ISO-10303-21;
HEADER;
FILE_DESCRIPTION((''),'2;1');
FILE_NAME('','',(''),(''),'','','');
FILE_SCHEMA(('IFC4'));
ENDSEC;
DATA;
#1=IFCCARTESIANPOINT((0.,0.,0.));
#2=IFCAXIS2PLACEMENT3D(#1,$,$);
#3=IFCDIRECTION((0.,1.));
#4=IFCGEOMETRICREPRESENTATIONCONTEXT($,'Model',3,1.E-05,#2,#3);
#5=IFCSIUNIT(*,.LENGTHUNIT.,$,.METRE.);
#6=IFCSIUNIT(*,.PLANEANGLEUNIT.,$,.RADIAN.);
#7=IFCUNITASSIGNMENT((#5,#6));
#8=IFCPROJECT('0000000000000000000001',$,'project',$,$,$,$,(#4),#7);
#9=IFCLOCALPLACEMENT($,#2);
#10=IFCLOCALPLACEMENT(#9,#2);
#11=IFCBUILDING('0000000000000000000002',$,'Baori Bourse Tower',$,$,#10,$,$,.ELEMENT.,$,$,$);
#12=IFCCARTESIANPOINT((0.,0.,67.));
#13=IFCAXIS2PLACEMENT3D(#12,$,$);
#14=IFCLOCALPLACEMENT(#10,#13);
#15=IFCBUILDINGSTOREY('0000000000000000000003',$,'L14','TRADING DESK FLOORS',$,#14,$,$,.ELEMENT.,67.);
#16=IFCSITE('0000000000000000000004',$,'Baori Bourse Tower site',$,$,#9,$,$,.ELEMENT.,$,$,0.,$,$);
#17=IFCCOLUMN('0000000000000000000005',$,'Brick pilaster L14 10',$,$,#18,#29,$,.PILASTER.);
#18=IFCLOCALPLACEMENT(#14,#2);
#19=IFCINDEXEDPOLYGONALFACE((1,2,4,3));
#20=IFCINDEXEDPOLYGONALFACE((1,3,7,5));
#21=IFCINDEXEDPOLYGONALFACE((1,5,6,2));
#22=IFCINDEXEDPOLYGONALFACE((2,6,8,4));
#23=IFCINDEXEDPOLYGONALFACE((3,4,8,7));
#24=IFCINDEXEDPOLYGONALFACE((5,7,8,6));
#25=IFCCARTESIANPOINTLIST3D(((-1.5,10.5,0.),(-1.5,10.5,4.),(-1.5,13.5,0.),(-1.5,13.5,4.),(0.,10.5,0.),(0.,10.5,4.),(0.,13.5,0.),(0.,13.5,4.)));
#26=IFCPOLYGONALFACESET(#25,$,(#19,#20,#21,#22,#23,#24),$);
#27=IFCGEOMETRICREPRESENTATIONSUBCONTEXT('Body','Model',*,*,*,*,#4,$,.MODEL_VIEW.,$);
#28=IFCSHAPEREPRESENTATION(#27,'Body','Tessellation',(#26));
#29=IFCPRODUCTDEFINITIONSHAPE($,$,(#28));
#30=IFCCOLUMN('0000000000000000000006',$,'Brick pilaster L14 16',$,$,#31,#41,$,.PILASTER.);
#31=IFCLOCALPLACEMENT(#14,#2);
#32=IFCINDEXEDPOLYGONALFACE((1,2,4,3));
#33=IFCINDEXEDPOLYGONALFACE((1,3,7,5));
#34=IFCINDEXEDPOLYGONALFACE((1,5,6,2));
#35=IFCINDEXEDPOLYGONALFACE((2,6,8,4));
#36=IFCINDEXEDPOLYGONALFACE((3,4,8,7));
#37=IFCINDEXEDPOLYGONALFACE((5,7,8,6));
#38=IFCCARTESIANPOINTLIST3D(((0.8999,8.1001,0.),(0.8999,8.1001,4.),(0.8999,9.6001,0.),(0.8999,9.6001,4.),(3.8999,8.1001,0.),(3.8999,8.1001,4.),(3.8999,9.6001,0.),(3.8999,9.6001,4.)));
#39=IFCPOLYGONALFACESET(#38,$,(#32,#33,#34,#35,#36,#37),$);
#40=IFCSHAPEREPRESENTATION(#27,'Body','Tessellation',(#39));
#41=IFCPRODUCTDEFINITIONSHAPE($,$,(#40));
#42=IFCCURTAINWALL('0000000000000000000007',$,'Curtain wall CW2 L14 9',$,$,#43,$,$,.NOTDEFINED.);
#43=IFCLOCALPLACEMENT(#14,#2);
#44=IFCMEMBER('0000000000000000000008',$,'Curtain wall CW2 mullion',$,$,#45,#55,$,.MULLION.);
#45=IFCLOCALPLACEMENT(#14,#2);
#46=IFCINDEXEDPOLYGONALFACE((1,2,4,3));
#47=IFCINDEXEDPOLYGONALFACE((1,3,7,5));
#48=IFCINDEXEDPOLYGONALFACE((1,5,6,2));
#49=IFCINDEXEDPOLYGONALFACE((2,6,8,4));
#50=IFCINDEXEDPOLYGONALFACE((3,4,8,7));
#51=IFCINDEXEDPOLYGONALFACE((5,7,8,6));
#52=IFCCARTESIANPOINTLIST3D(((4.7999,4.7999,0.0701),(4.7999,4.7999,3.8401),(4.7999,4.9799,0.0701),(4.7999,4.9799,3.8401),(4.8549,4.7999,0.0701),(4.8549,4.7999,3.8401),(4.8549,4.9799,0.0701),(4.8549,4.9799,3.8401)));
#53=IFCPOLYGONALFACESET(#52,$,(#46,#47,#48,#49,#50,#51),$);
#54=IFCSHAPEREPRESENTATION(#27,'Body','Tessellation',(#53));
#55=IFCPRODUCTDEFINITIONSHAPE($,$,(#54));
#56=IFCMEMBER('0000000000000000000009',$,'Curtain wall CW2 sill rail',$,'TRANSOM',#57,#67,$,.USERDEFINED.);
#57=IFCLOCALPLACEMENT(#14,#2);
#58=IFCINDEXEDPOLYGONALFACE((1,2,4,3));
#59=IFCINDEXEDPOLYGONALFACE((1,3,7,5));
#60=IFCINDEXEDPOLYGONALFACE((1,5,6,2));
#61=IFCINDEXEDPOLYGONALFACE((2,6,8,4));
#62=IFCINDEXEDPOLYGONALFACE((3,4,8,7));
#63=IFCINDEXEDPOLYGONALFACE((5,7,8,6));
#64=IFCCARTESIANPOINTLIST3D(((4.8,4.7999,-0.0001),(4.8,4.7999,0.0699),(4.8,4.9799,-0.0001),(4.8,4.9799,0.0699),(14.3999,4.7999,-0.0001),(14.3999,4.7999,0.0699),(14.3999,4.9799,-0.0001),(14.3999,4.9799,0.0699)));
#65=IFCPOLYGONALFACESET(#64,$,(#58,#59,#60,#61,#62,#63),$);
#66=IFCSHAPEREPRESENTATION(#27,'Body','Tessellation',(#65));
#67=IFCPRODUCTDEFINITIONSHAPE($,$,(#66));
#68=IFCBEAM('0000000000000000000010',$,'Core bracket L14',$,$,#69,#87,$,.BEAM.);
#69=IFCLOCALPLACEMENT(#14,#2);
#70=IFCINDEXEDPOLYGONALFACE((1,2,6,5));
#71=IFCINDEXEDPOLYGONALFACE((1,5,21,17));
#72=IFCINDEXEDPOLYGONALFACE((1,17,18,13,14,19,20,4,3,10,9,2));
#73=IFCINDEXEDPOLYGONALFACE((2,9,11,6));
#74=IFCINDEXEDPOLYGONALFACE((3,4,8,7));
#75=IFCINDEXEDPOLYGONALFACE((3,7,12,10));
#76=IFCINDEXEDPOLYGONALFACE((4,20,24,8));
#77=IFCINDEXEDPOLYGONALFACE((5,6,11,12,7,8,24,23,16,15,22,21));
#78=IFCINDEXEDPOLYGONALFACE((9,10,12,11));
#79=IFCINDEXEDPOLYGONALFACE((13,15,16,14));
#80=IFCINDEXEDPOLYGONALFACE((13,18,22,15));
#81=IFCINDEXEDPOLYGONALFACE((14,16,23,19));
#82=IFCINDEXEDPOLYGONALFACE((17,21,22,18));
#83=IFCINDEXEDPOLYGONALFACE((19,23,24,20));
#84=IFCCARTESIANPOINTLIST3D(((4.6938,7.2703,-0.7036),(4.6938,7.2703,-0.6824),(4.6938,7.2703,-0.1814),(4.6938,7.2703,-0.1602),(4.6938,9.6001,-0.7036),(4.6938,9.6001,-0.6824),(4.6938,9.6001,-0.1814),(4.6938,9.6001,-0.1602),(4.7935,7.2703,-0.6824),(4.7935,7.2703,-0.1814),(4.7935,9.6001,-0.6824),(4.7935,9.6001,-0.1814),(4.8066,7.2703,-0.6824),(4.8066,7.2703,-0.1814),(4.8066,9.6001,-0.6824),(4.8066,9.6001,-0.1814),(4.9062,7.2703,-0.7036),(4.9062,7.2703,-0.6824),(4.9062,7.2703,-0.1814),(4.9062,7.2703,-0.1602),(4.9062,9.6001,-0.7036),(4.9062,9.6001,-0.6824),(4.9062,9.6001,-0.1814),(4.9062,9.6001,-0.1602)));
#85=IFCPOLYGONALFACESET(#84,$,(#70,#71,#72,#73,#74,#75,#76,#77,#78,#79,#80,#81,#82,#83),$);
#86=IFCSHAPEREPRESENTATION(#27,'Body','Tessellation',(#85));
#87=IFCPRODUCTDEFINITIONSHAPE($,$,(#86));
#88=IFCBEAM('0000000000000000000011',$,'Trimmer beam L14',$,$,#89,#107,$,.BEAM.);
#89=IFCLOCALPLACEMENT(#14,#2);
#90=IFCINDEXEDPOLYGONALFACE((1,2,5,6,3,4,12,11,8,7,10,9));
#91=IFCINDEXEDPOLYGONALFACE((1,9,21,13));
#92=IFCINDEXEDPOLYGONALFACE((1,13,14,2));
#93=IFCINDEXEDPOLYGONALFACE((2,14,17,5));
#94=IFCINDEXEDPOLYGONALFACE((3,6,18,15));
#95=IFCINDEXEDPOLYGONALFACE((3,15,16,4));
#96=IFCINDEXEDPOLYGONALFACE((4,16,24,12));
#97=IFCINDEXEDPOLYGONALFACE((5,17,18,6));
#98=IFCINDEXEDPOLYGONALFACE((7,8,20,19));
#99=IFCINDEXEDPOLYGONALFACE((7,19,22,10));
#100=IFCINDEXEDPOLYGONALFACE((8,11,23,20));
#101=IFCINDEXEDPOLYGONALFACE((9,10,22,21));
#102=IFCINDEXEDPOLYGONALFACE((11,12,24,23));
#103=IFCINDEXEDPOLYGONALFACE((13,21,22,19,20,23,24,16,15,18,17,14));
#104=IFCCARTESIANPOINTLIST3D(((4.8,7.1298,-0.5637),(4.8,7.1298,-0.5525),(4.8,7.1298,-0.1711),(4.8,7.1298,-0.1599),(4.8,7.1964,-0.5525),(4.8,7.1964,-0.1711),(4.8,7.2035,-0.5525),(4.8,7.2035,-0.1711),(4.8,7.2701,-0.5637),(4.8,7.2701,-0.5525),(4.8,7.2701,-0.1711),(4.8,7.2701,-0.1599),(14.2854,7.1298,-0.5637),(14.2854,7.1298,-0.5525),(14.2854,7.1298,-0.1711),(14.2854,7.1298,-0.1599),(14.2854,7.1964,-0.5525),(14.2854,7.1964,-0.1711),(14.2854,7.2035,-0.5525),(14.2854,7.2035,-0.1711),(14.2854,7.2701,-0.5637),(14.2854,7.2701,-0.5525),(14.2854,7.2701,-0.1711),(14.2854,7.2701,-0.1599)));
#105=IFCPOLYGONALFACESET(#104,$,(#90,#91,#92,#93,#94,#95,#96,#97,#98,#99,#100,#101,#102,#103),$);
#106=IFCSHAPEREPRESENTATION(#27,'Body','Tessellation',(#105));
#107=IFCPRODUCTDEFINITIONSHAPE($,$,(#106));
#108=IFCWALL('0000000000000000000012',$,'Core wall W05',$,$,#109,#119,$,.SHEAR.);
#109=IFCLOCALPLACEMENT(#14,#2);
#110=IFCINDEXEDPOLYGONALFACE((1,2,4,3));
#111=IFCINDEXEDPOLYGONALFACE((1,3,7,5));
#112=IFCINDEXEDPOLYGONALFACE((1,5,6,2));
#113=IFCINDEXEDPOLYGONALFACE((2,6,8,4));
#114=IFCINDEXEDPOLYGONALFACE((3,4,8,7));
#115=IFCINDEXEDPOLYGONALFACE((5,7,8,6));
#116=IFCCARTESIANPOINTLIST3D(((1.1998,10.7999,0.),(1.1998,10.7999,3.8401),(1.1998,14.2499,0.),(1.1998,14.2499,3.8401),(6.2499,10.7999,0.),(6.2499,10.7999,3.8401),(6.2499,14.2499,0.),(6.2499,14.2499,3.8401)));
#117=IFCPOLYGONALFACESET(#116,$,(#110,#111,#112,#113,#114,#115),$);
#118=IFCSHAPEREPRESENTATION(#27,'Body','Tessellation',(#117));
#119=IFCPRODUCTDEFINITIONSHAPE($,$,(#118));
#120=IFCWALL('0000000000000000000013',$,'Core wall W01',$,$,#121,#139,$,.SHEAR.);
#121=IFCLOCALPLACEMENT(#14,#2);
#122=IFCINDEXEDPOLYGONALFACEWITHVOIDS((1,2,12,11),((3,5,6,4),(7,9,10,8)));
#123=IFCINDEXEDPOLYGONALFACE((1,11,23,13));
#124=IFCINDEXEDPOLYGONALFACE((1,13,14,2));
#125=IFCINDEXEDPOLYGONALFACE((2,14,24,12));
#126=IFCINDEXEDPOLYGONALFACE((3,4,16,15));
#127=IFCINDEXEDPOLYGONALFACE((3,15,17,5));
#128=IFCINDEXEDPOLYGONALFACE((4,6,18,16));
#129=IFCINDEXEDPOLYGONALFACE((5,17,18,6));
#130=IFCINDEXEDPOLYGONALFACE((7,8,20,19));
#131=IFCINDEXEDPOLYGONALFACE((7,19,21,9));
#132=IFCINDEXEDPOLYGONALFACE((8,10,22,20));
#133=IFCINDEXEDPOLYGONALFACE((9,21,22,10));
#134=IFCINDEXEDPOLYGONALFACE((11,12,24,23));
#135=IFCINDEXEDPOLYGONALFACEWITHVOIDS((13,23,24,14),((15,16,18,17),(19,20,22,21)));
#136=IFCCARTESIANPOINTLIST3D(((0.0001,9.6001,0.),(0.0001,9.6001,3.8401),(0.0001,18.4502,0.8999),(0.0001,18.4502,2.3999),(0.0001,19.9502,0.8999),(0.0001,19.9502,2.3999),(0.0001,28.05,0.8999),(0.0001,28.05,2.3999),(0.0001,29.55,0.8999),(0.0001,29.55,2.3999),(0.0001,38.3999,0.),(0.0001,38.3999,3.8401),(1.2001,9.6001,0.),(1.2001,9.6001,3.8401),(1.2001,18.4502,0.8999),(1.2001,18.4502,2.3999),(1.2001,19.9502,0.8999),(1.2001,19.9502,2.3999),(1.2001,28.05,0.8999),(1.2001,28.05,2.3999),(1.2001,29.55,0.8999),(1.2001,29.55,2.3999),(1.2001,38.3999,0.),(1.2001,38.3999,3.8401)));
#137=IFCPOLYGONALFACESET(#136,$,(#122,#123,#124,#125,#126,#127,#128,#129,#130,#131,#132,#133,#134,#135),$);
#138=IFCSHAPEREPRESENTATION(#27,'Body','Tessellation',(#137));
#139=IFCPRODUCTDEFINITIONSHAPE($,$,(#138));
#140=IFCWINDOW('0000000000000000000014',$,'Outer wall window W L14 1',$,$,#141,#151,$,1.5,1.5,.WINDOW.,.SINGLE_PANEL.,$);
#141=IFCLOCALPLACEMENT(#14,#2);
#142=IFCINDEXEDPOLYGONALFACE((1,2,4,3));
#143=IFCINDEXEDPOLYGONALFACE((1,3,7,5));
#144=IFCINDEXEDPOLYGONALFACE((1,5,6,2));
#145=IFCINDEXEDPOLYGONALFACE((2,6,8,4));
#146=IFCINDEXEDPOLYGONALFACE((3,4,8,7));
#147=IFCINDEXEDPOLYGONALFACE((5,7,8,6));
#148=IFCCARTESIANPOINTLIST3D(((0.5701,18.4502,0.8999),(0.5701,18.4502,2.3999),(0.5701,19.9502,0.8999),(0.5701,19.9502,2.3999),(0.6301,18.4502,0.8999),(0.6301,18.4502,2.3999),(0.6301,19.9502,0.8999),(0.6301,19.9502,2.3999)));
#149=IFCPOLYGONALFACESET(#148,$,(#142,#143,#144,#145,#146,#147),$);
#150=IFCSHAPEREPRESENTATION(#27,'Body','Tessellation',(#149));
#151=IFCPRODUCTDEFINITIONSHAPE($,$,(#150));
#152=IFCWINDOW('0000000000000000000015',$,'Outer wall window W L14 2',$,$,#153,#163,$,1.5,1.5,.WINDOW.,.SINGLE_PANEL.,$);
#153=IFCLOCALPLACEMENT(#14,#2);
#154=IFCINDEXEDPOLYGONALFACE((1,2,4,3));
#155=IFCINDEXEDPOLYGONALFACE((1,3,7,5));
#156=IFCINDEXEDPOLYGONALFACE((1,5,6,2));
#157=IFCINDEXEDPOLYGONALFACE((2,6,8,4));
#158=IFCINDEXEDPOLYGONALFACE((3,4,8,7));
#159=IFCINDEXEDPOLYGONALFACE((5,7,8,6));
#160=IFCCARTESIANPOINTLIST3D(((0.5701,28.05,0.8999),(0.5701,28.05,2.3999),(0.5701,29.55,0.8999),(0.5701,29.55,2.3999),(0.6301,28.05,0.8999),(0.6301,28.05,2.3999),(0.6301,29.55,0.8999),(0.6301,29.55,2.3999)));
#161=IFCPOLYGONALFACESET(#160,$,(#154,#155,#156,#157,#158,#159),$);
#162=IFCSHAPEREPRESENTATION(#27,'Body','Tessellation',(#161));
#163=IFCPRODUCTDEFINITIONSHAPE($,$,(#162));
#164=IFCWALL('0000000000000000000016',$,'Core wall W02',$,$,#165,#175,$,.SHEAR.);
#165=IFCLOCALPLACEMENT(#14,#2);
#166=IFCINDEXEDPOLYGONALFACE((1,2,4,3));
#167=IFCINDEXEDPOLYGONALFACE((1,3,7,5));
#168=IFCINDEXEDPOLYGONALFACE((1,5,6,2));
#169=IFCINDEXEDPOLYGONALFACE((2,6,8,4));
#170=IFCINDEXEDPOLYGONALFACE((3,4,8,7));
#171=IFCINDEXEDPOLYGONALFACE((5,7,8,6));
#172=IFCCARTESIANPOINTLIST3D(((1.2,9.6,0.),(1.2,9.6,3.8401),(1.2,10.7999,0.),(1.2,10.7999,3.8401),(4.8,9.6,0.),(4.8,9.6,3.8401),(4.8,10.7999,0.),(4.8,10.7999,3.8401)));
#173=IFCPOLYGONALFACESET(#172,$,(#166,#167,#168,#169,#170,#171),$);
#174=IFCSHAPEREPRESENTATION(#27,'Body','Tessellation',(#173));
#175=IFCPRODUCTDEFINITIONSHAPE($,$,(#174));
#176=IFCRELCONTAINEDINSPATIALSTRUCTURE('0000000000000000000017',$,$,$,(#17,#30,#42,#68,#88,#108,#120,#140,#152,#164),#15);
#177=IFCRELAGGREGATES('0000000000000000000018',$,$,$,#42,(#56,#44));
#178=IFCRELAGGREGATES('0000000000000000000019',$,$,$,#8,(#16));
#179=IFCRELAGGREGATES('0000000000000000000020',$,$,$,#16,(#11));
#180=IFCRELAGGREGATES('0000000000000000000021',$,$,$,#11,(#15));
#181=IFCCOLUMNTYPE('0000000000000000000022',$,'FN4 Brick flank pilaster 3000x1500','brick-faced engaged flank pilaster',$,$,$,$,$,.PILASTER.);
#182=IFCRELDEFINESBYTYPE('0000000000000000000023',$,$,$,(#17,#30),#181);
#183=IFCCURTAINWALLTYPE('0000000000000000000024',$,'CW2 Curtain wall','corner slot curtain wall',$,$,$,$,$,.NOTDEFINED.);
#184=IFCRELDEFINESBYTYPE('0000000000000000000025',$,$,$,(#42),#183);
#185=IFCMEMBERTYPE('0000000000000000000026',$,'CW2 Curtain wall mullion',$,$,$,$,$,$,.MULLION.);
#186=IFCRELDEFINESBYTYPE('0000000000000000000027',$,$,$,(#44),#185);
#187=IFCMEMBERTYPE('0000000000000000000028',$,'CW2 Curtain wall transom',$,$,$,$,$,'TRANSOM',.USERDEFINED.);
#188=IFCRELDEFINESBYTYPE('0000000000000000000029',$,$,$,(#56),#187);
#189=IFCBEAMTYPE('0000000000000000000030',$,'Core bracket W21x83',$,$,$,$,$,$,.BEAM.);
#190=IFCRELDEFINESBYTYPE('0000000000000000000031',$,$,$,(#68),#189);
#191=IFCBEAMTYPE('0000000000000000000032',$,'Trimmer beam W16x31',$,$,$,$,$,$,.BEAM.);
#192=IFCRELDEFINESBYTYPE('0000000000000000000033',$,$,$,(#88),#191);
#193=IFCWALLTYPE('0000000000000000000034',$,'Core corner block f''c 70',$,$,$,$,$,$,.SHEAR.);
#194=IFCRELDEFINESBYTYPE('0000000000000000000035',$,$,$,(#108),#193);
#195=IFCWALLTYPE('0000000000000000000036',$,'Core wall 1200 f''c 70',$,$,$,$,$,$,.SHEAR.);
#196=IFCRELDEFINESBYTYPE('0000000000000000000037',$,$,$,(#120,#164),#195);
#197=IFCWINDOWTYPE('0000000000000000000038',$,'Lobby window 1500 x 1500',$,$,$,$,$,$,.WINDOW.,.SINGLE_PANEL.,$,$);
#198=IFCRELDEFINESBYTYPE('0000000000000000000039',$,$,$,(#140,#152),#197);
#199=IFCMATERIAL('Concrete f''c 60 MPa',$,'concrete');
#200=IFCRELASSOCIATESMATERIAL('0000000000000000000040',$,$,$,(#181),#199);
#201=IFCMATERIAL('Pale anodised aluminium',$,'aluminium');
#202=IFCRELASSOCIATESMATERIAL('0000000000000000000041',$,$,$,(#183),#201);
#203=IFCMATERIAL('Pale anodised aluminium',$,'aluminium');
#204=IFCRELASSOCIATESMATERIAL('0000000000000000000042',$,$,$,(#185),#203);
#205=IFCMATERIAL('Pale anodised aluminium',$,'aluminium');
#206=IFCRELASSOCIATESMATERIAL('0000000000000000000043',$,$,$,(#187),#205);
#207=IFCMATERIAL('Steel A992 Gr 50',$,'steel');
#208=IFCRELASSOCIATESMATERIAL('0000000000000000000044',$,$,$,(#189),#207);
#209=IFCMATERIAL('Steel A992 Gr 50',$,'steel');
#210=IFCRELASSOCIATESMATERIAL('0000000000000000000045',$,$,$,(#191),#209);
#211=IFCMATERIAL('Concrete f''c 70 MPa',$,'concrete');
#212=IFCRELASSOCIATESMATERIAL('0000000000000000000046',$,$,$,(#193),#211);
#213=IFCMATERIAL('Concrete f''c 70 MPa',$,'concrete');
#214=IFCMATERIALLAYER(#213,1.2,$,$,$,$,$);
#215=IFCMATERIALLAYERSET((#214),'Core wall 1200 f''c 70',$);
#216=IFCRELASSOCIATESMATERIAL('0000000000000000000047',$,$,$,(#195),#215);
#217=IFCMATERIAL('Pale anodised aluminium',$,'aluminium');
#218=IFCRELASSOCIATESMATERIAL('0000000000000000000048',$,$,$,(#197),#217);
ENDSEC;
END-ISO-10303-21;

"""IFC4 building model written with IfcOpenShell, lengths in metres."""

from ifc_helpers import new_model, si_unit, direction, frame, frame_2d, origin, origin_2d, place, context, subcontext, project, spatial, rectangle, i_section, extrude, material, layer, layer_set, material_profile, profile_set, type_object, element, fill, aggregate, save


model = new_model("IFC4")

# Units and contexts
model_context = context("Model", 3, precision=1e-05, world=origin(), true_north=direction((0.0, 1.0)))
body_context = subcontext(model_context, "Body", "Model", "MODEL_VIEW")
ifc_project = project(units=[si_unit("LENGTHUNIT", "METRE"), si_unit("PLANEANGLEUNIT", "RADIAN")], contexts=[model_context])

# Site, building, storey
site_placement = place(None, origin())
site = spatial("IfcSite", under=ifc_project, at=site_placement, Name="Baori Bourse Tower site", CompositionType="ELEMENT", RefElevation=0.0)
building_placement = place(site_placement, origin())
building = spatial("IfcBuilding", under=site, at=building_placement, Name="Baori Bourse Tower", CompositionType="ELEMENT")
storey_placement = place(building_placement, frame((0.0, 0.0, 67.0)))
storey = spatial("IfcBuildingStorey", under=building, at=storey_placement, Name="L14", Description="TRADING DESK FLOORS", CompositionType="ELEMENT", Elevation=67.0)

# Columns
ifc_material_1 = material(Name="Concrete f'c 60 MPa", Category="concrete")
ifc_material_profile_1 = material_profile(ifc_material_1, rectangle(XDim=3.0, YDim=1.5, at=origin_2d()), Name="RC 3000x1500")
ifc_profile_set_1 = profile_set([ifc_material_profile_1], Name="Concrete f'c 60 MPa")
column_type = type_object("IfcColumnType", Name="FN4 Brick flank pilaster 3000x1500", Description="brick-faced engaged flank pilaster", PredefinedType="PILASTER", material=ifc_profile_set_1)
for number, where, z_axis, x_axis, name in (
    (1, (-0.75, 12.0, 0.0), (0.0, 0.0, 1.0), (0.0, 1.0, 0.0), "Brick pilaster L14 10"),
    (2, (2.3999, 8.8501, 0.0), (0.0, 0.0, 1.0), (1.0, 0.0, 0.0), "Brick pilaster L14 16"),
):
    element("IfcColumn", number, at=place(storey_placement, frame(where, z_axis=z_axis, x_axis=x_axis)), inside=storey, type_object=column_type, Name=name, PredefinedType="PILASTER", context=body_context, shape_type="SweptSolid", body=[
        extrude(rectangle(XDim=3.0, YDim=1.5, at=origin_2d()), origin(), (0.0, 0.0, 1.0), 4.0),
    ])

# Curtain wall, members
ifc_material_2 = material(Name="Pale anodised aluminium", Category="aluminium")
curtain_wall_type = type_object("IfcCurtainWallType", Name="CW2 Curtain wall", Description="corner slot curtain wall", PredefinedType="NOTDEFINED", material=ifc_material_2)
curtain_wall_placement = place(storey_placement, origin())
curtain_wall = element("IfcCurtainWall", 3, at=curtain_wall_placement, inside=storey, type_object=curtain_wall_type, Name="Curtain wall CW2 L14 9", PredefinedType="NOTDEFINED")
ifc_material_3 = material(Name="Pale anodised aluminium", Category="aluminium")
ifc_material_profile_2 = material_profile(ifc_material_3, rectangle(XDim=0.1799, YDim=0.0549, at=origin_2d()), Name="Mullion 55x180")
ifc_profile_set_2 = profile_set([ifc_material_profile_2], Name="Pale anodised aluminium")
member_type_1 = type_object("IfcMemberType", Name="CW2 Curtain wall mullion", PredefinedType="MULLION", material=ifc_profile_set_2)
member_1_placement = place(storey_placement, frame((4.8274, 4.8899, 0.0701), z_axis=(0.0, 0.0, 1.0), x_axis=(0.0, 1.0, 0.0)))
member_1 = element("IfcMember", 4, at=member_1_placement, type_object=member_type_1, Name="Curtain wall CW2 mullion", PredefinedType="MULLION", context=body_context, shape_type="SweptSolid", body=[
    extrude(rectangle(XDim=0.1799, YDim=0.0549, at=origin_2d()), origin(), (0.0, 0.0, 1.0), 3.77),
])
ifc_material_4 = material(Name="Pale anodised aluminium", Category="aluminium")
ifc_material_profile_3 = material_profile(ifc_material_4, rectangle(XDim=0.1799, YDim=0.0701, at=origin_2d()), Name="Transom 70x180")
ifc_profile_set_3 = profile_set([ifc_material_profile_3], Name="Pale anodised aluminium")
member_type_2 = type_object("IfcMemberType", Name="CW2 Curtain wall transom", ElementType="TRANSOM", PredefinedType="USERDEFINED", material=ifc_profile_set_3)
member_2_placement = place(storey_placement, frame((4.8, 4.8899, 0.0349), z_axis=(1.0, 0.0, 0.0), x_axis=(0.0, 1.0, 0.0)))
member_2 = element("IfcMember", 5, at=member_2_placement, type_object=member_type_2, Name="Curtain wall CW2 sill rail", ObjectType="TRANSOM", PredefinedType="USERDEFINED", context=body_context, shape_type="SweptSolid", body=[
    extrude(rectangle(XDim=0.1799, YDim=0.0701, at=origin_2d()), origin(), (0.0, 0.0, 1.0), 9.5999),
])
aggregate(curtain_wall, [member_2, member_1])

# Beams
ifc_material_5 = material(Name="Steel A992 Gr 50", Category="steel")
ifc_material_profile_4 = material_profile(ifc_material_5, i_section(OverallWidth=0.2124, OverallDepth=0.5435, WebThickness=0.0132, FlangeThickness=0.0212, at=origin_2d()), Name="W21x83")
ifc_profile_set_4 = profile_set([ifc_material_profile_4], Name="Steel A992 Gr 50")
beam_type_1 = type_object("IfcBeamType", Name="Core bracket W21x83", PredefinedType="BEAM", material=ifc_profile_set_4)
beam_1_placement = place(storey_placement, frame((4.8, 7.2703, -0.4319), z_axis=(0.0, 1.0, 0.0), x_axis=(-1.0, 0.0, 0.0)))
element("IfcBeam", 6, at=beam_1_placement, inside=storey, type_object=beam_type_1, Name="Core bracket L14", PredefinedType="BEAM", context=body_context, shape_type="SweptSolid", body=[
    extrude(i_section(OverallWidth=0.2124, OverallDepth=0.5435, WebThickness=0.0132, FlangeThickness=0.0212, at=origin_2d()), origin(), (0.0, 0.0, 1.0), 2.3298),
])
ifc_material_6 = material(Name="Steel A992 Gr 50", Category="steel")
ifc_material_profile_5 = material_profile(ifc_material_6, i_section(OverallWidth=0.1404, OverallDepth=0.4038, WebThickness=0.0071, FlangeThickness=0.0112, at=origin_2d()), Name="W16x31")
ifc_profile_set_5 = profile_set([ifc_material_profile_5], Name="Steel A992 Gr 50")
beam_type_2 = type_object("IfcBeamType", Name="Trimmer beam W16x31", PredefinedType="BEAM", material=ifc_profile_set_5)
beam_2_placement = place(storey_placement, frame((4.8, 7.2, -0.3618), z_axis=(1.0, 0.0, 0.0), x_axis=(0.0, 1.0, 0.0)))
element("IfcBeam", 7, at=beam_2_placement, inside=storey, type_object=beam_type_2, Name="Trimmer beam L14", PredefinedType="BEAM", context=body_context, shape_type="SweptSolid", body=[
    extrude(i_section(OverallWidth=0.1404, OverallDepth=0.4038, WebThickness=0.0071, FlangeThickness=0.0112, at=origin_2d()), origin(), (0.0, 0.0, 1.0), 9.4854),
])

# Wall
ifc_material_7 = material(Name="Concrete f'c 70 MPa", Category="concrete")
wall_type_1 = type_object("IfcWallType", Name="Core corner block f'c 70", PredefinedType="SHEAR", material=ifc_material_7)
wall_1_placement = place(storey_placement, frame((1.2, 12.5249, 0.0), z_axis=(0.0, 0.0, 1.0), x_axis=(1.0, 0.0, 0.0)))
element("IfcWall", 8, at=wall_1_placement, inside=storey, type_object=wall_type_1, Name="Core wall W05", PredefinedType="SHEAR", context=body_context, shape_type="SweptSolid", body=[
    extrude(rectangle(XDim=5.05, YDim=3.45, at=frame_2d((2.5249, 0.0))), origin(), (0.0, 0.0, 1.0), 3.8401),
])

# Wall, openings, windows
ifc_material_8 = material(Name="Concrete f'c 70 MPa", Category="concrete")
ifc_layer_1 = layer(ifc_material_8, 1.2)
ifc_layer_set_1 = layer_set([ifc_layer_1], Name="Core wall 1200 f'c 70")
wall_type_2 = type_object("IfcWallType", Name="Core wall 1200 f'c 70", PredefinedType="SHEAR", material=ifc_layer_set_1)
wall_2_placement = place(storey_placement, frame((0.6001, 9.6001, 0.0), z_axis=(0.0, 0.0, 1.0), x_axis=(0.0, 1.0, 0.0)))
wall_2 = element("IfcWall", 9, at=wall_2_placement, inside=storey, type_object=wall_type_2, Name="Core wall W01", PredefinedType="SHEAR", context=body_context, shape_type="SweptSolid", body=[
    extrude(rectangle(XDim=28.7998, YDim=1.2, at=frame_2d((14.3999, 0.0))), origin(), (0.0, 0.0, 1.0), 3.8401),
])
opening_1_placement = place(wall_2_placement, frame((8.8501, 0.0, 0.8999)))
opening_1 = element("IfcOpeningElement", 10, at=opening_1_placement, cuts=wall_2, PredefinedType="OPENING", context=body_context, shape_type="SweptSolid", body=[
    extrude(rectangle(XDim=1.5, YDim=1.5, at=frame_2d((0.75, 0.75))), frame((0.0, 0.6099, 0.0), z_axis=(0.0, -1.0, 0.0), x_axis=(1.0, 0.0, 0.0)), (0.0, 0.0, 1.0), 1.22),
])
opening_2_placement = place(wall_2_placement, frame((18.45, 0.0, 0.8999)))
opening_2 = element("IfcOpeningElement", 11, at=opening_2_placement, cuts=wall_2, PredefinedType="OPENING", context=body_context, shape_type="SweptSolid", body=[
    extrude(rectangle(XDim=1.5, YDim=1.5, at=frame_2d((0.75, 0.75))), frame((0.0, 0.6099, 0.0), z_axis=(0.0, -1.0, 0.0), x_axis=(1.0, 0.0, 0.0)), (0.0, 0.0, 1.0), 1.22),
])
ifc_material_9 = material(Name="Pale anodised aluminium", Category="aluminium")
window_type = type_object("IfcWindowType", Name="Lobby window 1500 x 1500", PartitioningType="SINGLE_PANEL", PredefinedType="WINDOW", material=ifc_material_9)
window_1_placement = place(opening_1_placement, origin())
window_1 = element("IfcWindow", 12, at=window_1_placement, inside=storey, type_object=window_type, Name="Outer wall window W L14 1", OverallHeight=1.5, OverallWidth=1.5, PartitioningType="SINGLE_PANEL", PredefinedType="WINDOW", context=body_context, shape_type="SweptSolid", body=[
    extrude(rectangle(XDim=1.5, YDim=1.5, at=frame_2d((0.75, 0.75))), frame((0.0, 0.03, 0.0), z_axis=(0.0, -1.0, 0.0), x_axis=(1.0, 0.0, 0.0)), (0.0, 0.0, 1.0), 0.0601),
])
fill(opening_1, window_1)
window_2_placement = place(opening_2_placement, origin())
window_2 = element("IfcWindow", 13, at=window_2_placement, inside=storey, type_object=window_type, Name="Outer wall window W L14 2", OverallHeight=1.5, OverallWidth=1.5, PartitioningType="SINGLE_PANEL", PredefinedType="WINDOW", context=body_context, shape_type="SweptSolid", body=[
    extrude(rectangle(XDim=1.5, YDim=1.5, at=frame_2d((0.75, 0.75))), frame((0.0, 0.03, 0.0), z_axis=(0.0, -1.0, 0.0), x_axis=(1.0, 0.0, 0.0)), (0.0, 0.0, 1.0), 0.0601),
])
fill(opening_2, window_2)

# Wall
wall_3_placement = place(storey_placement, frame((4.8, 10.2, 0.0), z_axis=(0.0, 0.0, 1.0), x_axis=(-1.0, 0.0, 0.0)))
element("IfcWall", 14, at=wall_3_placement, inside=storey, type_object=wall_type_2, Name="Core wall W02", PredefinedType="SHEAR", context=body_context, shape_type="SweptSolid", body=[
    extrude(rectangle(XDim=3.6001, YDim=1.2, at=frame_2d((1.8, 0.0))), origin(), (0.0, 0.0, 1.0), 3.8401),
])

save(model, "model.ifc")
